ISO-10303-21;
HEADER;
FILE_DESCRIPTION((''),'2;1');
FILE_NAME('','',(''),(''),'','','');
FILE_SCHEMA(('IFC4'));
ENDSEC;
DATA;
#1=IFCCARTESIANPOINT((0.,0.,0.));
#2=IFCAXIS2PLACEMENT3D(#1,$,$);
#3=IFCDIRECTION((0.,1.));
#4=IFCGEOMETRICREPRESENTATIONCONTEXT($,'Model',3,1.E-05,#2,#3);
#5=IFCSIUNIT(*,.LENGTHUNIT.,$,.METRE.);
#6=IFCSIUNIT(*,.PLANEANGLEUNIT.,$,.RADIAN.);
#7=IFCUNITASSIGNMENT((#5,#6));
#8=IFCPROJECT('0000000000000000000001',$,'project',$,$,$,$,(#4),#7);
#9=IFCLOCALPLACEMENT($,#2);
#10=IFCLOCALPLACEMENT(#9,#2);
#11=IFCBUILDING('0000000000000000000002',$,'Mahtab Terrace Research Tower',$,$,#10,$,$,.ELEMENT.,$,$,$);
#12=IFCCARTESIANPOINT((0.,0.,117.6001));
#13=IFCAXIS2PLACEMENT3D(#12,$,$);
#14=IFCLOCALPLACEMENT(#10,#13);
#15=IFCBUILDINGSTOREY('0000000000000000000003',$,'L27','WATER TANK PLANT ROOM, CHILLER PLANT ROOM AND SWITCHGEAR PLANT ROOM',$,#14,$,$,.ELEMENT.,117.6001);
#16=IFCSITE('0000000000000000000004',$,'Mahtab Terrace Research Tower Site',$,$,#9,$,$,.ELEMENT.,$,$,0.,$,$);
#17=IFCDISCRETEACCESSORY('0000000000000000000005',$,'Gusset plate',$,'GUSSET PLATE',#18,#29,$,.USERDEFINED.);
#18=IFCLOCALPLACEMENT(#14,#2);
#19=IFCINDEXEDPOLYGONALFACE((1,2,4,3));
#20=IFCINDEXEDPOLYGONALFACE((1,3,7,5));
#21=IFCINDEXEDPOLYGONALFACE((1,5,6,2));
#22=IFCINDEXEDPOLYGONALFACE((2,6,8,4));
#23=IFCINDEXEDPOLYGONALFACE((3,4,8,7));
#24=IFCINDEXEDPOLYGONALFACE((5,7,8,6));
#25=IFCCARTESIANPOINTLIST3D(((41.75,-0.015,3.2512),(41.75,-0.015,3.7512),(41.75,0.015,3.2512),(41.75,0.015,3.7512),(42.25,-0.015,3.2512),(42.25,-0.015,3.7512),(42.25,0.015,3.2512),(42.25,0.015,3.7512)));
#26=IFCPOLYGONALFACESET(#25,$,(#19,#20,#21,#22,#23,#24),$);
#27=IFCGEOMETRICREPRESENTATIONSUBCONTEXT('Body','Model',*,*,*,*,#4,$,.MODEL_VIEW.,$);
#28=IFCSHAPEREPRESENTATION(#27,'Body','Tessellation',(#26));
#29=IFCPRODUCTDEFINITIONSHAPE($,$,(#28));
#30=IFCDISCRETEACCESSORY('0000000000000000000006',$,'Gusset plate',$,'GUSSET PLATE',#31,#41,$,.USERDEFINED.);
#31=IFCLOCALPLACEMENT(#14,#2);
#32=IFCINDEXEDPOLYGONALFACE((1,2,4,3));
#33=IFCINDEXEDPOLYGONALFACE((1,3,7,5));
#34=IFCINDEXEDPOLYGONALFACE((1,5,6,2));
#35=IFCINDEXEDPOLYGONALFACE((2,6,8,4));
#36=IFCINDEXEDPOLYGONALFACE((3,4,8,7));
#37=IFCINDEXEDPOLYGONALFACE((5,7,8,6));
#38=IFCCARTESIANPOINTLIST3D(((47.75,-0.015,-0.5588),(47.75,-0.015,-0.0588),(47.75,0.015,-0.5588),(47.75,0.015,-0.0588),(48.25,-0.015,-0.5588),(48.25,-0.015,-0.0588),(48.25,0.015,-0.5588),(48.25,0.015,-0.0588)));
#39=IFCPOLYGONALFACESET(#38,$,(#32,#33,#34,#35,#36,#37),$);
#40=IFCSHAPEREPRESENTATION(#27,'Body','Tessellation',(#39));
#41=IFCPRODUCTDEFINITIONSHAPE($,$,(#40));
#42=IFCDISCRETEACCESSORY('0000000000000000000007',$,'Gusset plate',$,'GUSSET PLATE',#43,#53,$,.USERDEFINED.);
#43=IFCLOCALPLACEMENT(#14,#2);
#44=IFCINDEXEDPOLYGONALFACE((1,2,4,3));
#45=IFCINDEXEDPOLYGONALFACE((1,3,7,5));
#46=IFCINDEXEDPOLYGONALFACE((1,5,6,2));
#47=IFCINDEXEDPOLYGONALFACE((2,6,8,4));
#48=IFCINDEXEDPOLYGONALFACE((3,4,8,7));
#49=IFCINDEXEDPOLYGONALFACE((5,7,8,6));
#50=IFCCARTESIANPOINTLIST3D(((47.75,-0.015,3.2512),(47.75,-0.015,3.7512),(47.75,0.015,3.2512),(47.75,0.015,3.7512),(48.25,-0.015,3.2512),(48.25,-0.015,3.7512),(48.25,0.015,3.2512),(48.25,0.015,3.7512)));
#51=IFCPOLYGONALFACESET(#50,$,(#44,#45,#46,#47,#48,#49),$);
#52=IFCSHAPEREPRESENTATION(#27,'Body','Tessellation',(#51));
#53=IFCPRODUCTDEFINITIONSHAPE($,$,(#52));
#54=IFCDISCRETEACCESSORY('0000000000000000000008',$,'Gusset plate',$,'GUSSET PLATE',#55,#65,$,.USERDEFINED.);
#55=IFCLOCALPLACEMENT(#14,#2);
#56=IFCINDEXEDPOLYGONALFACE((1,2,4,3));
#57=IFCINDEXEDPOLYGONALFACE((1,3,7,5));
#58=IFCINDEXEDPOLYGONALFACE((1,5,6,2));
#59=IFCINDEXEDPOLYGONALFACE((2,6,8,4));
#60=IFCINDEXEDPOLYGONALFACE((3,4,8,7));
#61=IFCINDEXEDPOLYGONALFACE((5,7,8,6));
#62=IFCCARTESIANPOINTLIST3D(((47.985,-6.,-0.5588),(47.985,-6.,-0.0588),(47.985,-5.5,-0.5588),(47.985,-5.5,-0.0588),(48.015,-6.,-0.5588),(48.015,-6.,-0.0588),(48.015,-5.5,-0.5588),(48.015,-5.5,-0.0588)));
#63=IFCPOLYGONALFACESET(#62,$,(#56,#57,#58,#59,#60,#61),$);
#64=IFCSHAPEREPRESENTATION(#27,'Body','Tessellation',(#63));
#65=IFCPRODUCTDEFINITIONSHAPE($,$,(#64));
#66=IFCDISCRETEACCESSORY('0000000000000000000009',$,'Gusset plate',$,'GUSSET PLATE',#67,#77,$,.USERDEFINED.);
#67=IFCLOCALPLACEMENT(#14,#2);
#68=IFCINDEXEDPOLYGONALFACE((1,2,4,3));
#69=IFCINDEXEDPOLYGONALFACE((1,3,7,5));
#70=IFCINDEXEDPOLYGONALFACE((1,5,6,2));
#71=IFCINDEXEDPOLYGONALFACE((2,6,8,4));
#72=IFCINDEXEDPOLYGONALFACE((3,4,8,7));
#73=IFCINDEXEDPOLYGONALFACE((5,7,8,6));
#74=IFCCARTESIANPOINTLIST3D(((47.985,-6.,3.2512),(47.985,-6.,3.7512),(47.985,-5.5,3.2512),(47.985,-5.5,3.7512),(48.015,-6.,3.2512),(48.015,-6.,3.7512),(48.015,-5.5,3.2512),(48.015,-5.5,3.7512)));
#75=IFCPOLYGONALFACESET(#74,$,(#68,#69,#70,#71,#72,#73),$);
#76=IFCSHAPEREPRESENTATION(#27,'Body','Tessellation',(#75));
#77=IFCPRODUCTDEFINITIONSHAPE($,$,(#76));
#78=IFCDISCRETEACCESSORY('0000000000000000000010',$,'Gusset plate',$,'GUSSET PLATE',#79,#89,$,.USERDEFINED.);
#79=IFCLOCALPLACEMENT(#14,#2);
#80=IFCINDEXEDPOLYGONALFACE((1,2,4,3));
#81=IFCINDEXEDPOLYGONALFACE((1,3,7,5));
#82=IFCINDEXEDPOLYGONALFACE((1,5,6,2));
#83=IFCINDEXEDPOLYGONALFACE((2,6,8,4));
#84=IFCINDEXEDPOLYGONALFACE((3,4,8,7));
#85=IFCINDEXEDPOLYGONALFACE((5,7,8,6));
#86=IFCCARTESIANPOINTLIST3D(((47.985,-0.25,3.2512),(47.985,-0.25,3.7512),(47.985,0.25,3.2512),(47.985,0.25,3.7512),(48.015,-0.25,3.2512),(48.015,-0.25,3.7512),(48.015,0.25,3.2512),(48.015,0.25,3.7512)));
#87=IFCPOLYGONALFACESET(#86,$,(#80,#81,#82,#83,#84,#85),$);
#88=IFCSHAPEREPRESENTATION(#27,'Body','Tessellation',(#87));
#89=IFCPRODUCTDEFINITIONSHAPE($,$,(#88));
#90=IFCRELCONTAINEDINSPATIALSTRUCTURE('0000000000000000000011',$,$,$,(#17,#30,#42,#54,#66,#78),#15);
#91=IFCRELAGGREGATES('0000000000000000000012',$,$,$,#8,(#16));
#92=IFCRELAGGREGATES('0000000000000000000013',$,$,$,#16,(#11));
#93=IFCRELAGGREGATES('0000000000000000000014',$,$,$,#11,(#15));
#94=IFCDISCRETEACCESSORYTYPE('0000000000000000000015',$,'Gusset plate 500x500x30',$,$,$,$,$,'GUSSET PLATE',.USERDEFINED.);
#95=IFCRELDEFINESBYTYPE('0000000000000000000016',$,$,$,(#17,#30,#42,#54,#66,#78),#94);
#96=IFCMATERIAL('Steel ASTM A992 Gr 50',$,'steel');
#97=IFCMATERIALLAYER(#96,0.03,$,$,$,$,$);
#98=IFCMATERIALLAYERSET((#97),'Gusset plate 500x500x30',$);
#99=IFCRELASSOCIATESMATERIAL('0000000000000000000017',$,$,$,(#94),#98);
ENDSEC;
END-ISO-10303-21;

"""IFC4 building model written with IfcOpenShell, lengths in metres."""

from ifc_helpers import new_model, si_unit, direction, frame, origin, origin_2d, place, context, subcontext, project, spatial, rectangle, extrude, material, layer, layer_set, type_object, element, save


model = new_model("IFC4")

# Units and contexts
model_context = context("Model", 3, precision=1e-05, world=origin(), true_north=direction((0.0, 1.0)))
body_context = subcontext(model_context, "Body", "Model", "MODEL_VIEW")
ifc_project = project(units=[si_unit("LENGTHUNIT", "METRE"), si_unit("PLANEANGLEUNIT", "RADIAN")], contexts=[model_context])

# Site, building, storey
site_placement = place(None, origin())
site = spatial("IfcSite", under=ifc_project, at=site_placement, Name="Mahtab Terrace Research Tower Site", CompositionType="ELEMENT", RefElevation=0.0)
building_placement = place(site_placement, origin())
building = spatial("IfcBuilding", under=site, at=building_placement, Name="Mahtab Terrace Research Tower", CompositionType="ELEMENT")
storey_placement = place(building_placement, frame((0.0, 0.0, 117.6001)))
storey = spatial("IfcBuildingStorey", under=building, at=storey_placement, Name="L27", Description="WATER TANK PLANT ROOM, CHILLER PLANT ROOM AND SWITCHGEAR PLANT ROOM", CompositionType="ELEMENT", Elevation=117.6001)

# Shared definitions
ifc_material_1 = material(Name="Steel ASTM A992 Gr 50", Category="steel")

# Discrete accessories
ifc_layer = layer(ifc_material_1, 0.03)
ifc_layer_set = layer_set([ifc_layer], Name="Gusset plate 500x500x30")
discrete_accessory_type = type_object("IfcDiscreteAccessoryType", Name="Gusset plate 500x500x30", ElementType="GUSSET PLATE", PredefinedType="USERDEFINED", material=ifc_layer_set)
for number, where, z_axis, x_axis, name in (
    (1, (42.0, 0.0, 3.2512), (0.0, 0.0, 1.0), (1.0, 0.0, 0.0), "Gusset plate"),
    (2, (48.0, 0.0, -0.5588), (0.0, 0.0, 1.0), (1.0, 0.0, 0.0), "Gusset plate"),
    (3, (48.0, 0.0, 3.2512), (0.0, 0.0, 1.0), (1.0, 0.0, 0.0), "Gusset plate"),
    (4, (48.0, -5.75, -0.5588), (0.0, 0.0, 1.0), (0.0, 1.0, 0.0), "Gusset plate"),
    (5, (48.0, -5.75, 3.2512), (0.0, 0.0, 1.0), (0.0, 1.0, 0.0), "Gusset plate"),
    (6, (48.0, 0.0, 3.2512), (0.0, 0.0, 1.0), (0.0, 1.0, 0.0), "Gusset plate"),
):
    element("IfcDiscreteAccessory", number, at=place(storey_placement, frame(where, z_axis=z_axis, x_axis=x_axis)), inside=storey, type_object=discrete_accessory_type, Name=name, ObjectType="GUSSET PLATE", PredefinedType="USERDEFINED", context=body_context, shape_type="SweptSolid", body=[
        extrude(rectangle(XDim=0.5, YDim=0.03, at=origin_2d()), origin(), (0.0, 0.0, 1.0), 0.5),
    ])

save(model, "model.ifc")
